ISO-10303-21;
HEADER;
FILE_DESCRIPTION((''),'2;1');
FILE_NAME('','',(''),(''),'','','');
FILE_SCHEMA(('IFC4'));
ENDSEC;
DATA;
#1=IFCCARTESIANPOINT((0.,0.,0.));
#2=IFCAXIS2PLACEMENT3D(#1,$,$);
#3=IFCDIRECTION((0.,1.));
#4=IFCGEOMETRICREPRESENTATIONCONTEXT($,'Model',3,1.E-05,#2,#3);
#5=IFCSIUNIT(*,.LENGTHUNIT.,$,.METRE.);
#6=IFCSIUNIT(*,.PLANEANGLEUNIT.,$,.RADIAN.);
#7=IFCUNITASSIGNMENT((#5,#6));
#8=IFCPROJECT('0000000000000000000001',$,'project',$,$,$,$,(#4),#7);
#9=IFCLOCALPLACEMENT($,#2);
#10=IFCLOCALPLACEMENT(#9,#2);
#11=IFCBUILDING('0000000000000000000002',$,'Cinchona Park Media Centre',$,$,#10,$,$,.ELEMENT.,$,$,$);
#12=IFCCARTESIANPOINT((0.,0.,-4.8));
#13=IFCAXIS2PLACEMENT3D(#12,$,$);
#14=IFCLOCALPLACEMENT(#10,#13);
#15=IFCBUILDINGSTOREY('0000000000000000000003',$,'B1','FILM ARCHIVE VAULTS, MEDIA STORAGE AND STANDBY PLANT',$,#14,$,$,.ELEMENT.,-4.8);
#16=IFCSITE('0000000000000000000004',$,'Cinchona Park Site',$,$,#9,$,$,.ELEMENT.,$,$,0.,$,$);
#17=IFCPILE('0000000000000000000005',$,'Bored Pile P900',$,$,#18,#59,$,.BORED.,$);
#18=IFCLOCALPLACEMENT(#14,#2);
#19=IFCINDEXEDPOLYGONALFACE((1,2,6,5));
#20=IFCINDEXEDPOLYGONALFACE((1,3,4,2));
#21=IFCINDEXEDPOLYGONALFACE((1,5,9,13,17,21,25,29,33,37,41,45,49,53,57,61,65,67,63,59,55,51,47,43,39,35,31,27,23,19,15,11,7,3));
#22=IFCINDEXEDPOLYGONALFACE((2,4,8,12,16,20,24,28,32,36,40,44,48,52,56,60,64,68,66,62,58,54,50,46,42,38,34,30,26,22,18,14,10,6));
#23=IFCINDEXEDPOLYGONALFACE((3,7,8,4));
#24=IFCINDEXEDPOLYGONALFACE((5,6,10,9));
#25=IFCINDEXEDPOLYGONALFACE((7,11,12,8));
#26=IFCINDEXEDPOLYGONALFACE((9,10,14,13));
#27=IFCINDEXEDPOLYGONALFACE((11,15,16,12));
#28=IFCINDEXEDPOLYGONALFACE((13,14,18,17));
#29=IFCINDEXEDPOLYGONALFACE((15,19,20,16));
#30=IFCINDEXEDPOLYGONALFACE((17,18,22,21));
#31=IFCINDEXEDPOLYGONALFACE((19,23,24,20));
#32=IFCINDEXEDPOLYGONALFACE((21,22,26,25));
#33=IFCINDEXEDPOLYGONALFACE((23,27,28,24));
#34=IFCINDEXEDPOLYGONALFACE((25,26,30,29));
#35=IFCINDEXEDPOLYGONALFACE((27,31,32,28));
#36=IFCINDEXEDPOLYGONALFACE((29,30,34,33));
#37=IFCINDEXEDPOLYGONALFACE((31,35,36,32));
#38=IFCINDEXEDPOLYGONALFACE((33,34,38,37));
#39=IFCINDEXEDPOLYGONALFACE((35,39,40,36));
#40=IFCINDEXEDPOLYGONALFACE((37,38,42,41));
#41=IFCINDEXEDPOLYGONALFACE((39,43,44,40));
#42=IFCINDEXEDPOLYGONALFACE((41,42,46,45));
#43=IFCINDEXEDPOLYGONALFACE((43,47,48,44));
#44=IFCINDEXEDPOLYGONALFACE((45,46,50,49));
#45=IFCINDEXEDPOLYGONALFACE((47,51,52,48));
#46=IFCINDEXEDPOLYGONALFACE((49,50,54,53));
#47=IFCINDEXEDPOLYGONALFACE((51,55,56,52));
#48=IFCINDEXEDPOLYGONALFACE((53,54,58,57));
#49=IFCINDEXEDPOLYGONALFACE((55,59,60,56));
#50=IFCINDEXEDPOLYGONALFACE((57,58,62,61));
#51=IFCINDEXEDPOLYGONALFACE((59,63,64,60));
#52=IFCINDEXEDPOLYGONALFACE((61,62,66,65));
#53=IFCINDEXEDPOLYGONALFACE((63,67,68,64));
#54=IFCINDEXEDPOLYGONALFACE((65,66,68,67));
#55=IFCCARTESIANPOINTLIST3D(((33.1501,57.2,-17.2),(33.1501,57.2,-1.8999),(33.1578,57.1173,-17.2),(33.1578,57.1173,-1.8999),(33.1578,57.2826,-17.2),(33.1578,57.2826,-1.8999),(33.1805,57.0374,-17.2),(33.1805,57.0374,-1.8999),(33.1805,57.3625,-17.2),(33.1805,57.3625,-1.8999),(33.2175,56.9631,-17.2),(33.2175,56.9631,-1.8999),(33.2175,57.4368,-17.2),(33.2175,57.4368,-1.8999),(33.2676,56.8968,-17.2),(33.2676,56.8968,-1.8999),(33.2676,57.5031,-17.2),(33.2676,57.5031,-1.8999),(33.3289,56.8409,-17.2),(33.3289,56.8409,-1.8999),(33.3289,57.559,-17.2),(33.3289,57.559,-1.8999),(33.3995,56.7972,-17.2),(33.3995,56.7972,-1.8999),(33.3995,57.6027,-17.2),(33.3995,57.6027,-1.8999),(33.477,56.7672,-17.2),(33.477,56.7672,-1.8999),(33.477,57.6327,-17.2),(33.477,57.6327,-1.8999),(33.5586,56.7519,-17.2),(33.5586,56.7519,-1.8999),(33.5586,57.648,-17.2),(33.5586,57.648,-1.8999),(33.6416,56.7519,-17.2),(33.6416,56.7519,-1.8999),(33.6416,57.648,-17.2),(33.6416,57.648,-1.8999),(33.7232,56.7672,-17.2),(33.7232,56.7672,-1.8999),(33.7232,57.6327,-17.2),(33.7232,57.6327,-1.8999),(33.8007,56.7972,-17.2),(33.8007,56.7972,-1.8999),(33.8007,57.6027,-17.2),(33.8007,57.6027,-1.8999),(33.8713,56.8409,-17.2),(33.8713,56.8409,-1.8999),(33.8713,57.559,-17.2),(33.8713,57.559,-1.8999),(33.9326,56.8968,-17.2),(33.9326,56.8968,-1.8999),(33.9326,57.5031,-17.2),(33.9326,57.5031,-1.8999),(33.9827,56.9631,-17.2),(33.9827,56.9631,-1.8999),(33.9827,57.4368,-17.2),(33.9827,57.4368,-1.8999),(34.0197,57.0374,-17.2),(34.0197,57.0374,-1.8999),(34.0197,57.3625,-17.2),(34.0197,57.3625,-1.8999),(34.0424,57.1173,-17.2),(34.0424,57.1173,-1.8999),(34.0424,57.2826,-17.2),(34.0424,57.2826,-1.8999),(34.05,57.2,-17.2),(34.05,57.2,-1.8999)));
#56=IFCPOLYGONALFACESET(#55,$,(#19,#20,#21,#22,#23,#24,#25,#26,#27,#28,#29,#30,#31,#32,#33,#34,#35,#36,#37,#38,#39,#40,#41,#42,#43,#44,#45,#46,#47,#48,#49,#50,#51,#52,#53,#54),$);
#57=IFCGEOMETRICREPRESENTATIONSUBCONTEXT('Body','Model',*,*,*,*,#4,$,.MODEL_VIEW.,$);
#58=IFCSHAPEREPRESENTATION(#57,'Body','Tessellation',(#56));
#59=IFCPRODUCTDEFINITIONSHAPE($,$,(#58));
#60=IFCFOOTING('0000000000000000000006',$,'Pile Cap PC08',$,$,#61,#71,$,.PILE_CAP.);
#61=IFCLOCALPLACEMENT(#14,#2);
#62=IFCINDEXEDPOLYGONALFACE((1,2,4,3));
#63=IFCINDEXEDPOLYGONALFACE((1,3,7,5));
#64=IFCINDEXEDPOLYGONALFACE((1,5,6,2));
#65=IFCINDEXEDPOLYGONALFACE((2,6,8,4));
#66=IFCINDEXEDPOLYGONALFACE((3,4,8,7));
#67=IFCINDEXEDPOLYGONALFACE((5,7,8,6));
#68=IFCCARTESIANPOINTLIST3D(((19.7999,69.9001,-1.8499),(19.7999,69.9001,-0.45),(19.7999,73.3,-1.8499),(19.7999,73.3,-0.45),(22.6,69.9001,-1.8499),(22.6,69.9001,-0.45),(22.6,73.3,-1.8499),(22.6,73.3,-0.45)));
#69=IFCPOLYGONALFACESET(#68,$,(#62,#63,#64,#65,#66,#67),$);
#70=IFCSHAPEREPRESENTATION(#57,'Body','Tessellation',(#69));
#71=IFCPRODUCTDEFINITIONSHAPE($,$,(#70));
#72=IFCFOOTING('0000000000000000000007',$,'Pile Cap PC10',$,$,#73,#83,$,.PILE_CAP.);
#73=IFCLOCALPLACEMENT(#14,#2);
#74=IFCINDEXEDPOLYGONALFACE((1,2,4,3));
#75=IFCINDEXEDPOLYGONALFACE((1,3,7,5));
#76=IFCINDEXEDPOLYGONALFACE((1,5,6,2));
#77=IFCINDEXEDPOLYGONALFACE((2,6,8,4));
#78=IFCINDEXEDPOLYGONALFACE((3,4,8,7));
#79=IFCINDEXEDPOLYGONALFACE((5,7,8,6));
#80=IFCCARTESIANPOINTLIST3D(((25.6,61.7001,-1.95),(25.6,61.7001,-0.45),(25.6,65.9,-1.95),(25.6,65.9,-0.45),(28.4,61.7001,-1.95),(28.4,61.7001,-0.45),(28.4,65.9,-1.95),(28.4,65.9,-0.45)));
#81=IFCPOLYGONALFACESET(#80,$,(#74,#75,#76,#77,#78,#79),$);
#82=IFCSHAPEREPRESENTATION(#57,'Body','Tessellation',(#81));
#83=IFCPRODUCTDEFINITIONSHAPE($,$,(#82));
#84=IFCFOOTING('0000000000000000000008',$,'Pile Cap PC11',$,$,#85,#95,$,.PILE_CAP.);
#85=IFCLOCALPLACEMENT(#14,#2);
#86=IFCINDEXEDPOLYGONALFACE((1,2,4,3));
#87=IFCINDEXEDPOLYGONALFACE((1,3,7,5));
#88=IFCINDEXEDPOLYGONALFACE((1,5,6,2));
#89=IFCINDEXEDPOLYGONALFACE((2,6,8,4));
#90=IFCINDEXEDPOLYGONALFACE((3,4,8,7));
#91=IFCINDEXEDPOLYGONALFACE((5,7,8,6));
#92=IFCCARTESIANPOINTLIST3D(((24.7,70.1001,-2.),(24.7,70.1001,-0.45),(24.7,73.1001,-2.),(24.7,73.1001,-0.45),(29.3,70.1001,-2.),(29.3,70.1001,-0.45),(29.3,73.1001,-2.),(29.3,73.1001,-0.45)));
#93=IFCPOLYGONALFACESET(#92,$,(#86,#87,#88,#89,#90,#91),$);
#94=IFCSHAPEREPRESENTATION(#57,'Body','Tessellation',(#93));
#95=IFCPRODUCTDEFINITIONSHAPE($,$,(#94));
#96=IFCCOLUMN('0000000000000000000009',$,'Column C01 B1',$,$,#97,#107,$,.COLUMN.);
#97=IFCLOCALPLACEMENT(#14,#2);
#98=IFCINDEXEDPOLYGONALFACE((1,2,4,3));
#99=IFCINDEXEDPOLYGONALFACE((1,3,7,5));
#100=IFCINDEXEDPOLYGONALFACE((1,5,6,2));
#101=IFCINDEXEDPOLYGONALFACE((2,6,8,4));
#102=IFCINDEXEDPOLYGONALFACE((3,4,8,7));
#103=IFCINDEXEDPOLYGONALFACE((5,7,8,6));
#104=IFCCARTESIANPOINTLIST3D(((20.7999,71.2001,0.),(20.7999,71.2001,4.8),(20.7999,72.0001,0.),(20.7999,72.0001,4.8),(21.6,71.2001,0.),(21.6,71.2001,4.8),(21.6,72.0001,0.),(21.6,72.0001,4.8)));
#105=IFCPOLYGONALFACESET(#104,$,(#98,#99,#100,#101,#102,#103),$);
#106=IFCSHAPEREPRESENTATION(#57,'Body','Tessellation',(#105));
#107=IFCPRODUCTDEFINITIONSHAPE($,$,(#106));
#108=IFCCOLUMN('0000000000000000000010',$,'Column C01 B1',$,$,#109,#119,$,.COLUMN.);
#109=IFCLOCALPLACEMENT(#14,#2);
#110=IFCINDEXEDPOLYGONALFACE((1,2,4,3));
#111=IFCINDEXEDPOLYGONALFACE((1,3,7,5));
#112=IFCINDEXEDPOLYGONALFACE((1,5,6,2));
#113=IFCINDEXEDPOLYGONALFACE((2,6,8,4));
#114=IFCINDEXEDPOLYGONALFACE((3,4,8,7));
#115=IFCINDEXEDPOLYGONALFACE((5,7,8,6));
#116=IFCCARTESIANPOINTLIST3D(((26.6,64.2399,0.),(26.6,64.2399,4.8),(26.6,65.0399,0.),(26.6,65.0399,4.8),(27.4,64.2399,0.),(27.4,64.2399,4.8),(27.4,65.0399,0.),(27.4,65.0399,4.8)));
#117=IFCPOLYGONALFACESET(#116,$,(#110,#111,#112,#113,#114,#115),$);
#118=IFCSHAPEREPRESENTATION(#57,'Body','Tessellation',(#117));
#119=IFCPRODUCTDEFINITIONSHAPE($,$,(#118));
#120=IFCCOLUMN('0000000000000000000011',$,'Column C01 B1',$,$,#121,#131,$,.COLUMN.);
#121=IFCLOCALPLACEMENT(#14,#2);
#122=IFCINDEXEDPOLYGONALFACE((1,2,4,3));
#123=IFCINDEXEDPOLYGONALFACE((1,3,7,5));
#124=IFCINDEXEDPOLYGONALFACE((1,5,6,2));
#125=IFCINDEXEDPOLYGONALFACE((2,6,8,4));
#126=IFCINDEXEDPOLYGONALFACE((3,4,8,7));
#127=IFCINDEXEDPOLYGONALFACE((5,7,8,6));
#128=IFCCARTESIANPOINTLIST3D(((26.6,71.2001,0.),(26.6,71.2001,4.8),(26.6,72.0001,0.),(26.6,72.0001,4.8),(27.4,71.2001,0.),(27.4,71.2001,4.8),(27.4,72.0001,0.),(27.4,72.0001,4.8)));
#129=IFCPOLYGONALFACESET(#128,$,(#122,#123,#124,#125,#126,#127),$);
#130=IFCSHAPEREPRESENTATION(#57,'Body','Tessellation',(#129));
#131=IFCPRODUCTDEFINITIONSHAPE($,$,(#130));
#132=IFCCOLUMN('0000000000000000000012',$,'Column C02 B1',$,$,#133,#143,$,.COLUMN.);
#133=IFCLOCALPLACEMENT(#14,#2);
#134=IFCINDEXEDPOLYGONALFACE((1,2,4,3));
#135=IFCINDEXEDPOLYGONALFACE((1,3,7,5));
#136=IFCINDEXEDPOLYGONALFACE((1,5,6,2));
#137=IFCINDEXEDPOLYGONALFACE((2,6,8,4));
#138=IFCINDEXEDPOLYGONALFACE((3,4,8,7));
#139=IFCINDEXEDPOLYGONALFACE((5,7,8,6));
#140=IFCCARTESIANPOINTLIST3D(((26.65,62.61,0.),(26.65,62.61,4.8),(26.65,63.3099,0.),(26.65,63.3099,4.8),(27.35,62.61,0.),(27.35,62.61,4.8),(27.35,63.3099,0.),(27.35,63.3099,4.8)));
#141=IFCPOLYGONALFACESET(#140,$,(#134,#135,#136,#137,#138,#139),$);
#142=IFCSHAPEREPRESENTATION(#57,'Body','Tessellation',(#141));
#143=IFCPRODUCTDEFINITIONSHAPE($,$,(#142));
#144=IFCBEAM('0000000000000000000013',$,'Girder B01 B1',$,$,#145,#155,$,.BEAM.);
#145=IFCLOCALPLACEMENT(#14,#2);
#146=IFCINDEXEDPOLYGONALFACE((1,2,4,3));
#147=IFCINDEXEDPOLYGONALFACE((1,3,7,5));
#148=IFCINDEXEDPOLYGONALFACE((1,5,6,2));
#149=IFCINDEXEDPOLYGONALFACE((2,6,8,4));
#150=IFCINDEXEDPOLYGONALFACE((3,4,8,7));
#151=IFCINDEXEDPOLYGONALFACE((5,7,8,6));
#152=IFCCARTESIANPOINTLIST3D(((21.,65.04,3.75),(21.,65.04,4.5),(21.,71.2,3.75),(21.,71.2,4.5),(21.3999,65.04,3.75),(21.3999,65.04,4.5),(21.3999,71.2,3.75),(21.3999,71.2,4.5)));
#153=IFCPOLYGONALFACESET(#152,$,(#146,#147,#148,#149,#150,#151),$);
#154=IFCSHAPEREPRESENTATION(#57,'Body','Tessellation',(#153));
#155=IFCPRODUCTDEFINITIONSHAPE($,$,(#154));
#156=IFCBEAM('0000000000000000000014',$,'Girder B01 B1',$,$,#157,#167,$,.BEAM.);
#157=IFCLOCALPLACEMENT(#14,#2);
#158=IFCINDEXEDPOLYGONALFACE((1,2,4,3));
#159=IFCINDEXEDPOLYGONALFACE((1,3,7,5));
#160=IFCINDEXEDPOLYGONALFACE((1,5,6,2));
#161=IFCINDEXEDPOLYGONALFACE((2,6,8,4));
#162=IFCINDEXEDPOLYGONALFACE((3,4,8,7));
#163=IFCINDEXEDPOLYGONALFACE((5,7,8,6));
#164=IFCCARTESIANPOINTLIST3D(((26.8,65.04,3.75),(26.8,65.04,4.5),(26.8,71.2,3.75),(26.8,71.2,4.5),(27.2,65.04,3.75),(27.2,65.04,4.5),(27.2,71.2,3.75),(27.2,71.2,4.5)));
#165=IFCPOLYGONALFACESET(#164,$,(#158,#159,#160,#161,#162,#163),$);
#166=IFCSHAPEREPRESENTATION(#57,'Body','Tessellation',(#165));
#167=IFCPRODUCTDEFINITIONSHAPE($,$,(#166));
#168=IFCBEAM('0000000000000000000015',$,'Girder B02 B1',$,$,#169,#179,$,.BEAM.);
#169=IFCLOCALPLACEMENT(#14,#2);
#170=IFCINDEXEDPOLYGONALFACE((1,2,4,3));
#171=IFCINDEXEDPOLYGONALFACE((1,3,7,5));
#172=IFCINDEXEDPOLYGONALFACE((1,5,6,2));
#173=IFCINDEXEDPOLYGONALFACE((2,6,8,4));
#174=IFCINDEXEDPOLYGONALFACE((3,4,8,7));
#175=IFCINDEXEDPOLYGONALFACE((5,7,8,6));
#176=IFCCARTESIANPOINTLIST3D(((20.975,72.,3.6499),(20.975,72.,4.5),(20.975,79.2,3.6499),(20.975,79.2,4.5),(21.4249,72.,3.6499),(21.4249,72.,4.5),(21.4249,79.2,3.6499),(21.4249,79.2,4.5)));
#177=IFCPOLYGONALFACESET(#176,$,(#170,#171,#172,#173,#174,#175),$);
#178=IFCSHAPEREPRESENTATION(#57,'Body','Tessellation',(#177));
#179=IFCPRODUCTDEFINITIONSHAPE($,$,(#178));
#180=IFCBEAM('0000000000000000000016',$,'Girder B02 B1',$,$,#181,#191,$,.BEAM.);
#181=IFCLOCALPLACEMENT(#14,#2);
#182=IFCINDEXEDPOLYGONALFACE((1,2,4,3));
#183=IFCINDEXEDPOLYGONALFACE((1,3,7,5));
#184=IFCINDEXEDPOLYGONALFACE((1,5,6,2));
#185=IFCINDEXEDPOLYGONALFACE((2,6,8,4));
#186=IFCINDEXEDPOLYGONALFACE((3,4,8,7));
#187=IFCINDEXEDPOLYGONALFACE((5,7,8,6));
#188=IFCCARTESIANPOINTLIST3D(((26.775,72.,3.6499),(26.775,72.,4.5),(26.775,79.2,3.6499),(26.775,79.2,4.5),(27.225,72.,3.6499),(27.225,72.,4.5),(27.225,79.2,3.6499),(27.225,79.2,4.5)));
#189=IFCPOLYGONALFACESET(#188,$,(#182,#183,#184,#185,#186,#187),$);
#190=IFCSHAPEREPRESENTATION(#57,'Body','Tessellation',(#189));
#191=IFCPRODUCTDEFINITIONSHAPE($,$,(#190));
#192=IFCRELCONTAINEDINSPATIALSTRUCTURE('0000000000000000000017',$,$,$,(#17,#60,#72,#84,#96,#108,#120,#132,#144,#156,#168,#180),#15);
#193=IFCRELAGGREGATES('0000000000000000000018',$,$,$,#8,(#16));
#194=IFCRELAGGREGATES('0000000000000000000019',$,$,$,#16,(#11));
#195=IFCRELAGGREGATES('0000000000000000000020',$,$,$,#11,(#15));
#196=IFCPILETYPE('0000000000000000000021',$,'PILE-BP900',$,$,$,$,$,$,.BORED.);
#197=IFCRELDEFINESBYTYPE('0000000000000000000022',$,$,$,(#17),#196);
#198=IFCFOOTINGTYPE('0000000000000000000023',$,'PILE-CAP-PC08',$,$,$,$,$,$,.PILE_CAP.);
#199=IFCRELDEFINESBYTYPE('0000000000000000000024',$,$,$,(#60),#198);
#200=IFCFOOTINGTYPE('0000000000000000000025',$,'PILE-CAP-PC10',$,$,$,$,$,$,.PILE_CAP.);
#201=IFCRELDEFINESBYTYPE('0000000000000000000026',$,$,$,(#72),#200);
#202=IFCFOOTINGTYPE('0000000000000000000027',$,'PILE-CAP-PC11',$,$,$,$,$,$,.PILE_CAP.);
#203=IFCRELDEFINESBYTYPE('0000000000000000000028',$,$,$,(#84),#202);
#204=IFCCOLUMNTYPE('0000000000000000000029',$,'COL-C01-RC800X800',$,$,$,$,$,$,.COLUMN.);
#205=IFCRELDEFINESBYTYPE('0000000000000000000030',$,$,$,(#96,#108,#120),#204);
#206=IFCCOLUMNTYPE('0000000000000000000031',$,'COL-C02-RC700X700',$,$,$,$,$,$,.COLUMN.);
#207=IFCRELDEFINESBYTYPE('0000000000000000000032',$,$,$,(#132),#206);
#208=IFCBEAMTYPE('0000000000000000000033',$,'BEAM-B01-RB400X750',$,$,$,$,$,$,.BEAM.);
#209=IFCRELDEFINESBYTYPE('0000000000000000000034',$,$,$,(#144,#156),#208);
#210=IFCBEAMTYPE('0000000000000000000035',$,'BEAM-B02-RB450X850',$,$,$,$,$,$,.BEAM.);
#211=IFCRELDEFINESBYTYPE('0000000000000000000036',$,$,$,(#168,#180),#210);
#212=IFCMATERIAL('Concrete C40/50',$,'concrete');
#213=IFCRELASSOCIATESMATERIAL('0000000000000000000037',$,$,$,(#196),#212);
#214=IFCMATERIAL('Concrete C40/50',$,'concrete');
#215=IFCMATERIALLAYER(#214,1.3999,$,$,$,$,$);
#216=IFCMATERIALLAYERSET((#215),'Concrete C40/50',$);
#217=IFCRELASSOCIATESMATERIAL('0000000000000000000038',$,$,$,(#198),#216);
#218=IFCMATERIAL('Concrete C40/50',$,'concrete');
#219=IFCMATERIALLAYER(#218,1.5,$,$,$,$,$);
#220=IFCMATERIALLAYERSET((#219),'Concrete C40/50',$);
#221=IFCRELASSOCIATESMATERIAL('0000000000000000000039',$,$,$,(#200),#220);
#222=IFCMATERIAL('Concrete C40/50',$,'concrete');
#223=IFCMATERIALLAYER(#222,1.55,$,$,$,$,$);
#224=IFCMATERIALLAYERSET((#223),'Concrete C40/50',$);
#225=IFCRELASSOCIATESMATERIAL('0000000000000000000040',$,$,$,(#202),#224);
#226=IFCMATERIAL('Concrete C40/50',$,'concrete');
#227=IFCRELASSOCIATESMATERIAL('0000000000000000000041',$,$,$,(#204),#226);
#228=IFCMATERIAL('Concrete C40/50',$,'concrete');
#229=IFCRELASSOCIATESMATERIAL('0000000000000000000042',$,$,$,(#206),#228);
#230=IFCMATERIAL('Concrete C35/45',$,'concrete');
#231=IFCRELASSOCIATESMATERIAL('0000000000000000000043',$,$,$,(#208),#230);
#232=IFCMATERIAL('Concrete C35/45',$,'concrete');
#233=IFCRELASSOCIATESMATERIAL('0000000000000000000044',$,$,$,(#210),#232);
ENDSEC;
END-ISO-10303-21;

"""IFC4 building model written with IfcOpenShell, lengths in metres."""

from ifc_helpers import new_model, si_unit, direction, frame, origin, origin_2d, place, context, subcontext, project, spatial, rectangle, circle, extrude, material, layer, layer_set, material_profile, profile_set, type_object, element, save


model = new_model("IFC4")

# Units and contexts
model_context = context("Model", 3, precision=1e-05, world=origin(), true_north=direction((0.0, 1.0)))
body_context = subcontext(model_context, "Body", "Model", "MODEL_VIEW")
ifc_project = project(units=[si_unit("LENGTHUNIT", "METRE"), si_unit("PLANEANGLEUNIT", "RADIAN")], contexts=[model_context])

# Site, building, storey
site_placement = place(None, origin())
site = spatial("IfcSite", under=ifc_project, at=site_placement, Name="Cinchona Park Site", CompositionType="ELEMENT", RefElevation=0.0)
building_placement = place(site_placement, origin())
building = spatial("IfcBuilding", under=site, at=building_placement, Name="Cinchona Park Media Centre", CompositionType="ELEMENT")
storey_placement = place(building_placement, frame((0.0, 0.0, -4.8)))
storey = spatial("IfcBuildingStorey", under=building, at=storey_placement, Name="B1", Description="FILM ARCHIVE VAULTS, MEDIA STORAGE AND STANDBY PLANT", CompositionType="ELEMENT", Elevation=-4.8)

# Pile
ifc_material_1 = material(Name="Concrete C40/50", Category="concrete")
ifc_material_profile_1 = material_profile(ifc_material_1, circle(Radius=0.45, at=origin_2d()), Name="BORED PILE 900")
ifc_profile_set_1 = profile_set([ifc_material_profile_1], Name="Concrete C40/50")
pile_type_1 = type_object("IfcPileType", Name="PILE-BP900", PredefinedType="BORED", material=ifc_profile_set_1)
pile_1_placement = place(storey_placement, frame((33.6001, 57.2, -1.8999), z_axis=(0.0, 0.0, -1.0), x_axis=(1.0, 0.0, 0.0)))
element("IfcPile", 1, at=pile_1_placement, inside=storey, type_object=pile_type_1, Name="Bored Pile P900", PredefinedType="BORED", context=body_context, shape_type="SweptSolid", body=[
    extrude(circle(Radius=0.45, at=origin_2d()), origin(), (0.0, 0.0, 1.0), 15.3),
])

# Footings
ifc_material_2 = material(Name="Concrete C40/50", Category="concrete")
ifc_layer_1 = layer(ifc_material_2, 1.3999)
ifc_layer_set_1 = layer_set([ifc_layer_1], Name="Concrete C40/50")
footing_type_1 = type_object("IfcFootingType", Name="PILE-CAP-PC08", PredefinedType="PILE_CAP", material=ifc_layer_set_1)
footing_1_placement = place(storey_placement, frame((21.2, 71.6001, -1.8499), z_axis=(0.0, 0.0, 1.0), x_axis=(1.0, 0.0, 0.0)))
element("IfcFooting", 2, at=footing_1_placement, inside=storey, type_object=footing_type_1, Name="Pile Cap PC08", PredefinedType="PILE_CAP", context=body_context, shape_type="SweptSolid", body=[
    extrude(rectangle(XDim=2.8, YDim=3.3999, at=origin_2d()), origin(), (0.0, 0.0, 1.0), 1.3999),
])
ifc_material_3 = material(Name="Concrete C40/50", Category="concrete")
ifc_layer_2 = layer(ifc_material_3, 1.5)
ifc_layer_set_2 = layer_set([ifc_layer_2], Name="Concrete C40/50")
footing_type_2 = type_object("IfcFootingType", Name="PILE-CAP-PC10", PredefinedType="PILE_CAP", material=ifc_layer_set_2)
footing_2_placement = place(storey_placement, frame((27.0, 63.8, -1.95), z_axis=(0.0, 0.0, 1.0), x_axis=(1.0, 0.0, 0.0)))
element("IfcFooting", 3, at=footing_2_placement, inside=storey, type_object=footing_type_2, Name="Pile Cap PC10", PredefinedType="PILE_CAP", context=body_context, shape_type="SweptSolid", body=[
    extrude(rectangle(XDim=2.8, YDim=4.2, at=origin_2d()), origin(), (0.0, 0.0, 1.0), 1.5),
])
ifc_material_4 = material(Name="Concrete C40/50", Category="concrete")
ifc_layer_3 = layer(ifc_material_4, 1.55)
ifc_layer_set_3 = layer_set([ifc_layer_3], Name="Concrete C40/50")
footing_type_3 = type_object("IfcFootingType", Name="PILE-CAP-PC11", PredefinedType="PILE_CAP", material=ifc_layer_set_3)
footing_3_placement = place(storey_placement, frame((27.0, 71.6001, -2.0), z_axis=(0.0, 0.0, 1.0), x_axis=(1.0, 0.0, 0.0)))
element("IfcFooting", 4, at=footing_3_placement, inside=storey, type_object=footing_type_3, Name="Pile Cap PC11", PredefinedType="PILE_CAP", context=body_context, shape_type="SweptSolid", body=[
    extrude(rectangle(XDim=4.6001, YDim=3.0, at=origin_2d()), origin(), (0.0, 0.0, 1.0), 1.55),
])

# Columns
ifc_material_5 = material(Name="Concrete C40/50", Category="concrete")
ifc_material_profile_2 = material_profile(ifc_material_5, rectangle(XDim=0.8, YDim=0.8, at=origin_2d()), Name="RC 800X800")
ifc_profile_set_2 = profile_set([ifc_material_profile_2], Name="Concrete C40/50")
column_type_1 = type_object("IfcColumnType", Name="COL-C01-RC800X800", PredefinedType="COLUMN", material=ifc_profile_set_2)
for number, where, z_axis, x_axis, name in (
    (5, (21.2, 71.6001, 0.0), (0.0, 0.0, 1.0), (1.0, 0.0, 0.0), "Column C01 B1"),
    (6, (27.0, 64.6399, 0.0), (0.0, 0.0, 1.0), (1.0, 0.0, 0.0), "Column C01 B1"),
    (7, (27.0, 71.6001, 0.0), (0.0, 0.0, 1.0), (1.0, 0.0, 0.0), "Column C01 B1"),
):
    element("IfcColumn", number, at=place(storey_placement, frame(where, z_axis=z_axis, x_axis=x_axis)), inside=storey, type_object=column_type_1, Name=name, PredefinedType="COLUMN", context=body_context, shape_type="SweptSolid", body=[
        extrude(rectangle(XDim=0.8, YDim=0.8, at=origin_2d()), origin(), (0.0, 0.0, 1.0), 4.8),
    ])
ifc_material_6 = material(Name="Concrete C40/50", Category="concrete")
ifc_material_profile_3 = material_profile(ifc_material_6, rectangle(XDim=0.7, YDim=0.7, at=origin_2d()), Name="RC 700X700")
ifc_profile_set_3 = profile_set([ifc_material_profile_3], Name="Concrete C40/50")
column_type_2 = type_object("IfcColumnType", Name="COL-C02-RC700X700", PredefinedType="COLUMN", material=ifc_profile_set_3)
column_placement = place(storey_placement, frame((27.0, 62.96, 0.0), z_axis=(0.0, 0.0, 1.0), x_axis=(1.0, 0.0, 0.0)))
element("IfcColumn", 8, at=column_placement, inside=storey, type_object=column_type_2, Name="Column C02 B1", PredefinedType="COLUMN", context=body_context, shape_type="SweptSolid", body=[
    extrude(rectangle(XDim=0.7, YDim=0.7, at=origin_2d()), origin(), (0.0, 0.0, 1.0), 4.8),
])

# Beams
ifc_material_7 = material(Name="Concrete C35/45", Category="concrete")
ifc_material_profile_4 = material_profile(ifc_material_7, rectangle(XDim=0.3999, YDim=0.75, at=origin_2d()), Name="RB 400X750")
ifc_profile_set_4 = profile_set([ifc_material_profile_4], Name="Concrete C35/45")
beam_type_1 = type_object("IfcBeamType", Name="BEAM-B01-RB400X750", PredefinedType="BEAM", material=ifc_profile_set_4)
for number, where, z_axis, x_axis, name in (
    (9, (21.2, 65.04, 4.125), (0.0, 1.0, 0.0), (-1.0, 0.0, 0.0), "Girder B01 B1"),
    (10, (27.0, 65.04, 4.125), (0.0, 1.0, 0.0), (-1.0, 0.0, 0.0), "Girder B01 B1"),
):
    element("IfcBeam", number, at=place(storey_placement, frame(where, z_axis=z_axis, x_axis=x_axis)), inside=storey, type_object=beam_type_1, Name=name, PredefinedType="BEAM", context=body_context, shape_type="SweptSolid", body=[
        extrude(rectangle(XDim=0.3999, YDim=0.75, at=origin_2d()), origin(), (0.0, 0.0, 1.0), 6.1599),
    ])
ifc_material_8 = material(Name="Concrete C35/45", Category="concrete")
ifc_material_profile_5 = material_profile(ifc_material_8, rectangle(XDim=0.45, YDim=0.8501, at=origin_2d()), Name="RB 450X850")
ifc_profile_set_5 = profile_set([ifc_material_profile_5], Name="Concrete C35/45")
beam_type_2 = type_object("IfcBeamType", Name="BEAM-B02-RB450X850", PredefinedType="BEAM", material=ifc_profile_set_5)
for number, where, z_axis, x_axis, name in (
    (11, (21.2, 72.0, 4.075), (0.0, 1.0, 0.0), (-1.0, 0.0, 0.0), "Girder B02 B1"),
    (12, (27.0, 72.0, 4.075), (0.0, 1.0, 0.0), (-1.0, 0.0, 0.0), "Girder B02 B1"),
):
    element("IfcBeam", number, at=place(storey_placement, frame(where, z_axis=z_axis, x_axis=x_axis)), inside=storey, type_object=beam_type_2, Name=name, PredefinedType="BEAM", context=body_context, shape_type="SweptSolid", body=[
        extrude(rectangle(XDim=0.45, YDim=0.8501, at=origin_2d()), origin(), (0.0, 0.0, 1.0), 7.2),
    ])

save(model, "model.ifc")
